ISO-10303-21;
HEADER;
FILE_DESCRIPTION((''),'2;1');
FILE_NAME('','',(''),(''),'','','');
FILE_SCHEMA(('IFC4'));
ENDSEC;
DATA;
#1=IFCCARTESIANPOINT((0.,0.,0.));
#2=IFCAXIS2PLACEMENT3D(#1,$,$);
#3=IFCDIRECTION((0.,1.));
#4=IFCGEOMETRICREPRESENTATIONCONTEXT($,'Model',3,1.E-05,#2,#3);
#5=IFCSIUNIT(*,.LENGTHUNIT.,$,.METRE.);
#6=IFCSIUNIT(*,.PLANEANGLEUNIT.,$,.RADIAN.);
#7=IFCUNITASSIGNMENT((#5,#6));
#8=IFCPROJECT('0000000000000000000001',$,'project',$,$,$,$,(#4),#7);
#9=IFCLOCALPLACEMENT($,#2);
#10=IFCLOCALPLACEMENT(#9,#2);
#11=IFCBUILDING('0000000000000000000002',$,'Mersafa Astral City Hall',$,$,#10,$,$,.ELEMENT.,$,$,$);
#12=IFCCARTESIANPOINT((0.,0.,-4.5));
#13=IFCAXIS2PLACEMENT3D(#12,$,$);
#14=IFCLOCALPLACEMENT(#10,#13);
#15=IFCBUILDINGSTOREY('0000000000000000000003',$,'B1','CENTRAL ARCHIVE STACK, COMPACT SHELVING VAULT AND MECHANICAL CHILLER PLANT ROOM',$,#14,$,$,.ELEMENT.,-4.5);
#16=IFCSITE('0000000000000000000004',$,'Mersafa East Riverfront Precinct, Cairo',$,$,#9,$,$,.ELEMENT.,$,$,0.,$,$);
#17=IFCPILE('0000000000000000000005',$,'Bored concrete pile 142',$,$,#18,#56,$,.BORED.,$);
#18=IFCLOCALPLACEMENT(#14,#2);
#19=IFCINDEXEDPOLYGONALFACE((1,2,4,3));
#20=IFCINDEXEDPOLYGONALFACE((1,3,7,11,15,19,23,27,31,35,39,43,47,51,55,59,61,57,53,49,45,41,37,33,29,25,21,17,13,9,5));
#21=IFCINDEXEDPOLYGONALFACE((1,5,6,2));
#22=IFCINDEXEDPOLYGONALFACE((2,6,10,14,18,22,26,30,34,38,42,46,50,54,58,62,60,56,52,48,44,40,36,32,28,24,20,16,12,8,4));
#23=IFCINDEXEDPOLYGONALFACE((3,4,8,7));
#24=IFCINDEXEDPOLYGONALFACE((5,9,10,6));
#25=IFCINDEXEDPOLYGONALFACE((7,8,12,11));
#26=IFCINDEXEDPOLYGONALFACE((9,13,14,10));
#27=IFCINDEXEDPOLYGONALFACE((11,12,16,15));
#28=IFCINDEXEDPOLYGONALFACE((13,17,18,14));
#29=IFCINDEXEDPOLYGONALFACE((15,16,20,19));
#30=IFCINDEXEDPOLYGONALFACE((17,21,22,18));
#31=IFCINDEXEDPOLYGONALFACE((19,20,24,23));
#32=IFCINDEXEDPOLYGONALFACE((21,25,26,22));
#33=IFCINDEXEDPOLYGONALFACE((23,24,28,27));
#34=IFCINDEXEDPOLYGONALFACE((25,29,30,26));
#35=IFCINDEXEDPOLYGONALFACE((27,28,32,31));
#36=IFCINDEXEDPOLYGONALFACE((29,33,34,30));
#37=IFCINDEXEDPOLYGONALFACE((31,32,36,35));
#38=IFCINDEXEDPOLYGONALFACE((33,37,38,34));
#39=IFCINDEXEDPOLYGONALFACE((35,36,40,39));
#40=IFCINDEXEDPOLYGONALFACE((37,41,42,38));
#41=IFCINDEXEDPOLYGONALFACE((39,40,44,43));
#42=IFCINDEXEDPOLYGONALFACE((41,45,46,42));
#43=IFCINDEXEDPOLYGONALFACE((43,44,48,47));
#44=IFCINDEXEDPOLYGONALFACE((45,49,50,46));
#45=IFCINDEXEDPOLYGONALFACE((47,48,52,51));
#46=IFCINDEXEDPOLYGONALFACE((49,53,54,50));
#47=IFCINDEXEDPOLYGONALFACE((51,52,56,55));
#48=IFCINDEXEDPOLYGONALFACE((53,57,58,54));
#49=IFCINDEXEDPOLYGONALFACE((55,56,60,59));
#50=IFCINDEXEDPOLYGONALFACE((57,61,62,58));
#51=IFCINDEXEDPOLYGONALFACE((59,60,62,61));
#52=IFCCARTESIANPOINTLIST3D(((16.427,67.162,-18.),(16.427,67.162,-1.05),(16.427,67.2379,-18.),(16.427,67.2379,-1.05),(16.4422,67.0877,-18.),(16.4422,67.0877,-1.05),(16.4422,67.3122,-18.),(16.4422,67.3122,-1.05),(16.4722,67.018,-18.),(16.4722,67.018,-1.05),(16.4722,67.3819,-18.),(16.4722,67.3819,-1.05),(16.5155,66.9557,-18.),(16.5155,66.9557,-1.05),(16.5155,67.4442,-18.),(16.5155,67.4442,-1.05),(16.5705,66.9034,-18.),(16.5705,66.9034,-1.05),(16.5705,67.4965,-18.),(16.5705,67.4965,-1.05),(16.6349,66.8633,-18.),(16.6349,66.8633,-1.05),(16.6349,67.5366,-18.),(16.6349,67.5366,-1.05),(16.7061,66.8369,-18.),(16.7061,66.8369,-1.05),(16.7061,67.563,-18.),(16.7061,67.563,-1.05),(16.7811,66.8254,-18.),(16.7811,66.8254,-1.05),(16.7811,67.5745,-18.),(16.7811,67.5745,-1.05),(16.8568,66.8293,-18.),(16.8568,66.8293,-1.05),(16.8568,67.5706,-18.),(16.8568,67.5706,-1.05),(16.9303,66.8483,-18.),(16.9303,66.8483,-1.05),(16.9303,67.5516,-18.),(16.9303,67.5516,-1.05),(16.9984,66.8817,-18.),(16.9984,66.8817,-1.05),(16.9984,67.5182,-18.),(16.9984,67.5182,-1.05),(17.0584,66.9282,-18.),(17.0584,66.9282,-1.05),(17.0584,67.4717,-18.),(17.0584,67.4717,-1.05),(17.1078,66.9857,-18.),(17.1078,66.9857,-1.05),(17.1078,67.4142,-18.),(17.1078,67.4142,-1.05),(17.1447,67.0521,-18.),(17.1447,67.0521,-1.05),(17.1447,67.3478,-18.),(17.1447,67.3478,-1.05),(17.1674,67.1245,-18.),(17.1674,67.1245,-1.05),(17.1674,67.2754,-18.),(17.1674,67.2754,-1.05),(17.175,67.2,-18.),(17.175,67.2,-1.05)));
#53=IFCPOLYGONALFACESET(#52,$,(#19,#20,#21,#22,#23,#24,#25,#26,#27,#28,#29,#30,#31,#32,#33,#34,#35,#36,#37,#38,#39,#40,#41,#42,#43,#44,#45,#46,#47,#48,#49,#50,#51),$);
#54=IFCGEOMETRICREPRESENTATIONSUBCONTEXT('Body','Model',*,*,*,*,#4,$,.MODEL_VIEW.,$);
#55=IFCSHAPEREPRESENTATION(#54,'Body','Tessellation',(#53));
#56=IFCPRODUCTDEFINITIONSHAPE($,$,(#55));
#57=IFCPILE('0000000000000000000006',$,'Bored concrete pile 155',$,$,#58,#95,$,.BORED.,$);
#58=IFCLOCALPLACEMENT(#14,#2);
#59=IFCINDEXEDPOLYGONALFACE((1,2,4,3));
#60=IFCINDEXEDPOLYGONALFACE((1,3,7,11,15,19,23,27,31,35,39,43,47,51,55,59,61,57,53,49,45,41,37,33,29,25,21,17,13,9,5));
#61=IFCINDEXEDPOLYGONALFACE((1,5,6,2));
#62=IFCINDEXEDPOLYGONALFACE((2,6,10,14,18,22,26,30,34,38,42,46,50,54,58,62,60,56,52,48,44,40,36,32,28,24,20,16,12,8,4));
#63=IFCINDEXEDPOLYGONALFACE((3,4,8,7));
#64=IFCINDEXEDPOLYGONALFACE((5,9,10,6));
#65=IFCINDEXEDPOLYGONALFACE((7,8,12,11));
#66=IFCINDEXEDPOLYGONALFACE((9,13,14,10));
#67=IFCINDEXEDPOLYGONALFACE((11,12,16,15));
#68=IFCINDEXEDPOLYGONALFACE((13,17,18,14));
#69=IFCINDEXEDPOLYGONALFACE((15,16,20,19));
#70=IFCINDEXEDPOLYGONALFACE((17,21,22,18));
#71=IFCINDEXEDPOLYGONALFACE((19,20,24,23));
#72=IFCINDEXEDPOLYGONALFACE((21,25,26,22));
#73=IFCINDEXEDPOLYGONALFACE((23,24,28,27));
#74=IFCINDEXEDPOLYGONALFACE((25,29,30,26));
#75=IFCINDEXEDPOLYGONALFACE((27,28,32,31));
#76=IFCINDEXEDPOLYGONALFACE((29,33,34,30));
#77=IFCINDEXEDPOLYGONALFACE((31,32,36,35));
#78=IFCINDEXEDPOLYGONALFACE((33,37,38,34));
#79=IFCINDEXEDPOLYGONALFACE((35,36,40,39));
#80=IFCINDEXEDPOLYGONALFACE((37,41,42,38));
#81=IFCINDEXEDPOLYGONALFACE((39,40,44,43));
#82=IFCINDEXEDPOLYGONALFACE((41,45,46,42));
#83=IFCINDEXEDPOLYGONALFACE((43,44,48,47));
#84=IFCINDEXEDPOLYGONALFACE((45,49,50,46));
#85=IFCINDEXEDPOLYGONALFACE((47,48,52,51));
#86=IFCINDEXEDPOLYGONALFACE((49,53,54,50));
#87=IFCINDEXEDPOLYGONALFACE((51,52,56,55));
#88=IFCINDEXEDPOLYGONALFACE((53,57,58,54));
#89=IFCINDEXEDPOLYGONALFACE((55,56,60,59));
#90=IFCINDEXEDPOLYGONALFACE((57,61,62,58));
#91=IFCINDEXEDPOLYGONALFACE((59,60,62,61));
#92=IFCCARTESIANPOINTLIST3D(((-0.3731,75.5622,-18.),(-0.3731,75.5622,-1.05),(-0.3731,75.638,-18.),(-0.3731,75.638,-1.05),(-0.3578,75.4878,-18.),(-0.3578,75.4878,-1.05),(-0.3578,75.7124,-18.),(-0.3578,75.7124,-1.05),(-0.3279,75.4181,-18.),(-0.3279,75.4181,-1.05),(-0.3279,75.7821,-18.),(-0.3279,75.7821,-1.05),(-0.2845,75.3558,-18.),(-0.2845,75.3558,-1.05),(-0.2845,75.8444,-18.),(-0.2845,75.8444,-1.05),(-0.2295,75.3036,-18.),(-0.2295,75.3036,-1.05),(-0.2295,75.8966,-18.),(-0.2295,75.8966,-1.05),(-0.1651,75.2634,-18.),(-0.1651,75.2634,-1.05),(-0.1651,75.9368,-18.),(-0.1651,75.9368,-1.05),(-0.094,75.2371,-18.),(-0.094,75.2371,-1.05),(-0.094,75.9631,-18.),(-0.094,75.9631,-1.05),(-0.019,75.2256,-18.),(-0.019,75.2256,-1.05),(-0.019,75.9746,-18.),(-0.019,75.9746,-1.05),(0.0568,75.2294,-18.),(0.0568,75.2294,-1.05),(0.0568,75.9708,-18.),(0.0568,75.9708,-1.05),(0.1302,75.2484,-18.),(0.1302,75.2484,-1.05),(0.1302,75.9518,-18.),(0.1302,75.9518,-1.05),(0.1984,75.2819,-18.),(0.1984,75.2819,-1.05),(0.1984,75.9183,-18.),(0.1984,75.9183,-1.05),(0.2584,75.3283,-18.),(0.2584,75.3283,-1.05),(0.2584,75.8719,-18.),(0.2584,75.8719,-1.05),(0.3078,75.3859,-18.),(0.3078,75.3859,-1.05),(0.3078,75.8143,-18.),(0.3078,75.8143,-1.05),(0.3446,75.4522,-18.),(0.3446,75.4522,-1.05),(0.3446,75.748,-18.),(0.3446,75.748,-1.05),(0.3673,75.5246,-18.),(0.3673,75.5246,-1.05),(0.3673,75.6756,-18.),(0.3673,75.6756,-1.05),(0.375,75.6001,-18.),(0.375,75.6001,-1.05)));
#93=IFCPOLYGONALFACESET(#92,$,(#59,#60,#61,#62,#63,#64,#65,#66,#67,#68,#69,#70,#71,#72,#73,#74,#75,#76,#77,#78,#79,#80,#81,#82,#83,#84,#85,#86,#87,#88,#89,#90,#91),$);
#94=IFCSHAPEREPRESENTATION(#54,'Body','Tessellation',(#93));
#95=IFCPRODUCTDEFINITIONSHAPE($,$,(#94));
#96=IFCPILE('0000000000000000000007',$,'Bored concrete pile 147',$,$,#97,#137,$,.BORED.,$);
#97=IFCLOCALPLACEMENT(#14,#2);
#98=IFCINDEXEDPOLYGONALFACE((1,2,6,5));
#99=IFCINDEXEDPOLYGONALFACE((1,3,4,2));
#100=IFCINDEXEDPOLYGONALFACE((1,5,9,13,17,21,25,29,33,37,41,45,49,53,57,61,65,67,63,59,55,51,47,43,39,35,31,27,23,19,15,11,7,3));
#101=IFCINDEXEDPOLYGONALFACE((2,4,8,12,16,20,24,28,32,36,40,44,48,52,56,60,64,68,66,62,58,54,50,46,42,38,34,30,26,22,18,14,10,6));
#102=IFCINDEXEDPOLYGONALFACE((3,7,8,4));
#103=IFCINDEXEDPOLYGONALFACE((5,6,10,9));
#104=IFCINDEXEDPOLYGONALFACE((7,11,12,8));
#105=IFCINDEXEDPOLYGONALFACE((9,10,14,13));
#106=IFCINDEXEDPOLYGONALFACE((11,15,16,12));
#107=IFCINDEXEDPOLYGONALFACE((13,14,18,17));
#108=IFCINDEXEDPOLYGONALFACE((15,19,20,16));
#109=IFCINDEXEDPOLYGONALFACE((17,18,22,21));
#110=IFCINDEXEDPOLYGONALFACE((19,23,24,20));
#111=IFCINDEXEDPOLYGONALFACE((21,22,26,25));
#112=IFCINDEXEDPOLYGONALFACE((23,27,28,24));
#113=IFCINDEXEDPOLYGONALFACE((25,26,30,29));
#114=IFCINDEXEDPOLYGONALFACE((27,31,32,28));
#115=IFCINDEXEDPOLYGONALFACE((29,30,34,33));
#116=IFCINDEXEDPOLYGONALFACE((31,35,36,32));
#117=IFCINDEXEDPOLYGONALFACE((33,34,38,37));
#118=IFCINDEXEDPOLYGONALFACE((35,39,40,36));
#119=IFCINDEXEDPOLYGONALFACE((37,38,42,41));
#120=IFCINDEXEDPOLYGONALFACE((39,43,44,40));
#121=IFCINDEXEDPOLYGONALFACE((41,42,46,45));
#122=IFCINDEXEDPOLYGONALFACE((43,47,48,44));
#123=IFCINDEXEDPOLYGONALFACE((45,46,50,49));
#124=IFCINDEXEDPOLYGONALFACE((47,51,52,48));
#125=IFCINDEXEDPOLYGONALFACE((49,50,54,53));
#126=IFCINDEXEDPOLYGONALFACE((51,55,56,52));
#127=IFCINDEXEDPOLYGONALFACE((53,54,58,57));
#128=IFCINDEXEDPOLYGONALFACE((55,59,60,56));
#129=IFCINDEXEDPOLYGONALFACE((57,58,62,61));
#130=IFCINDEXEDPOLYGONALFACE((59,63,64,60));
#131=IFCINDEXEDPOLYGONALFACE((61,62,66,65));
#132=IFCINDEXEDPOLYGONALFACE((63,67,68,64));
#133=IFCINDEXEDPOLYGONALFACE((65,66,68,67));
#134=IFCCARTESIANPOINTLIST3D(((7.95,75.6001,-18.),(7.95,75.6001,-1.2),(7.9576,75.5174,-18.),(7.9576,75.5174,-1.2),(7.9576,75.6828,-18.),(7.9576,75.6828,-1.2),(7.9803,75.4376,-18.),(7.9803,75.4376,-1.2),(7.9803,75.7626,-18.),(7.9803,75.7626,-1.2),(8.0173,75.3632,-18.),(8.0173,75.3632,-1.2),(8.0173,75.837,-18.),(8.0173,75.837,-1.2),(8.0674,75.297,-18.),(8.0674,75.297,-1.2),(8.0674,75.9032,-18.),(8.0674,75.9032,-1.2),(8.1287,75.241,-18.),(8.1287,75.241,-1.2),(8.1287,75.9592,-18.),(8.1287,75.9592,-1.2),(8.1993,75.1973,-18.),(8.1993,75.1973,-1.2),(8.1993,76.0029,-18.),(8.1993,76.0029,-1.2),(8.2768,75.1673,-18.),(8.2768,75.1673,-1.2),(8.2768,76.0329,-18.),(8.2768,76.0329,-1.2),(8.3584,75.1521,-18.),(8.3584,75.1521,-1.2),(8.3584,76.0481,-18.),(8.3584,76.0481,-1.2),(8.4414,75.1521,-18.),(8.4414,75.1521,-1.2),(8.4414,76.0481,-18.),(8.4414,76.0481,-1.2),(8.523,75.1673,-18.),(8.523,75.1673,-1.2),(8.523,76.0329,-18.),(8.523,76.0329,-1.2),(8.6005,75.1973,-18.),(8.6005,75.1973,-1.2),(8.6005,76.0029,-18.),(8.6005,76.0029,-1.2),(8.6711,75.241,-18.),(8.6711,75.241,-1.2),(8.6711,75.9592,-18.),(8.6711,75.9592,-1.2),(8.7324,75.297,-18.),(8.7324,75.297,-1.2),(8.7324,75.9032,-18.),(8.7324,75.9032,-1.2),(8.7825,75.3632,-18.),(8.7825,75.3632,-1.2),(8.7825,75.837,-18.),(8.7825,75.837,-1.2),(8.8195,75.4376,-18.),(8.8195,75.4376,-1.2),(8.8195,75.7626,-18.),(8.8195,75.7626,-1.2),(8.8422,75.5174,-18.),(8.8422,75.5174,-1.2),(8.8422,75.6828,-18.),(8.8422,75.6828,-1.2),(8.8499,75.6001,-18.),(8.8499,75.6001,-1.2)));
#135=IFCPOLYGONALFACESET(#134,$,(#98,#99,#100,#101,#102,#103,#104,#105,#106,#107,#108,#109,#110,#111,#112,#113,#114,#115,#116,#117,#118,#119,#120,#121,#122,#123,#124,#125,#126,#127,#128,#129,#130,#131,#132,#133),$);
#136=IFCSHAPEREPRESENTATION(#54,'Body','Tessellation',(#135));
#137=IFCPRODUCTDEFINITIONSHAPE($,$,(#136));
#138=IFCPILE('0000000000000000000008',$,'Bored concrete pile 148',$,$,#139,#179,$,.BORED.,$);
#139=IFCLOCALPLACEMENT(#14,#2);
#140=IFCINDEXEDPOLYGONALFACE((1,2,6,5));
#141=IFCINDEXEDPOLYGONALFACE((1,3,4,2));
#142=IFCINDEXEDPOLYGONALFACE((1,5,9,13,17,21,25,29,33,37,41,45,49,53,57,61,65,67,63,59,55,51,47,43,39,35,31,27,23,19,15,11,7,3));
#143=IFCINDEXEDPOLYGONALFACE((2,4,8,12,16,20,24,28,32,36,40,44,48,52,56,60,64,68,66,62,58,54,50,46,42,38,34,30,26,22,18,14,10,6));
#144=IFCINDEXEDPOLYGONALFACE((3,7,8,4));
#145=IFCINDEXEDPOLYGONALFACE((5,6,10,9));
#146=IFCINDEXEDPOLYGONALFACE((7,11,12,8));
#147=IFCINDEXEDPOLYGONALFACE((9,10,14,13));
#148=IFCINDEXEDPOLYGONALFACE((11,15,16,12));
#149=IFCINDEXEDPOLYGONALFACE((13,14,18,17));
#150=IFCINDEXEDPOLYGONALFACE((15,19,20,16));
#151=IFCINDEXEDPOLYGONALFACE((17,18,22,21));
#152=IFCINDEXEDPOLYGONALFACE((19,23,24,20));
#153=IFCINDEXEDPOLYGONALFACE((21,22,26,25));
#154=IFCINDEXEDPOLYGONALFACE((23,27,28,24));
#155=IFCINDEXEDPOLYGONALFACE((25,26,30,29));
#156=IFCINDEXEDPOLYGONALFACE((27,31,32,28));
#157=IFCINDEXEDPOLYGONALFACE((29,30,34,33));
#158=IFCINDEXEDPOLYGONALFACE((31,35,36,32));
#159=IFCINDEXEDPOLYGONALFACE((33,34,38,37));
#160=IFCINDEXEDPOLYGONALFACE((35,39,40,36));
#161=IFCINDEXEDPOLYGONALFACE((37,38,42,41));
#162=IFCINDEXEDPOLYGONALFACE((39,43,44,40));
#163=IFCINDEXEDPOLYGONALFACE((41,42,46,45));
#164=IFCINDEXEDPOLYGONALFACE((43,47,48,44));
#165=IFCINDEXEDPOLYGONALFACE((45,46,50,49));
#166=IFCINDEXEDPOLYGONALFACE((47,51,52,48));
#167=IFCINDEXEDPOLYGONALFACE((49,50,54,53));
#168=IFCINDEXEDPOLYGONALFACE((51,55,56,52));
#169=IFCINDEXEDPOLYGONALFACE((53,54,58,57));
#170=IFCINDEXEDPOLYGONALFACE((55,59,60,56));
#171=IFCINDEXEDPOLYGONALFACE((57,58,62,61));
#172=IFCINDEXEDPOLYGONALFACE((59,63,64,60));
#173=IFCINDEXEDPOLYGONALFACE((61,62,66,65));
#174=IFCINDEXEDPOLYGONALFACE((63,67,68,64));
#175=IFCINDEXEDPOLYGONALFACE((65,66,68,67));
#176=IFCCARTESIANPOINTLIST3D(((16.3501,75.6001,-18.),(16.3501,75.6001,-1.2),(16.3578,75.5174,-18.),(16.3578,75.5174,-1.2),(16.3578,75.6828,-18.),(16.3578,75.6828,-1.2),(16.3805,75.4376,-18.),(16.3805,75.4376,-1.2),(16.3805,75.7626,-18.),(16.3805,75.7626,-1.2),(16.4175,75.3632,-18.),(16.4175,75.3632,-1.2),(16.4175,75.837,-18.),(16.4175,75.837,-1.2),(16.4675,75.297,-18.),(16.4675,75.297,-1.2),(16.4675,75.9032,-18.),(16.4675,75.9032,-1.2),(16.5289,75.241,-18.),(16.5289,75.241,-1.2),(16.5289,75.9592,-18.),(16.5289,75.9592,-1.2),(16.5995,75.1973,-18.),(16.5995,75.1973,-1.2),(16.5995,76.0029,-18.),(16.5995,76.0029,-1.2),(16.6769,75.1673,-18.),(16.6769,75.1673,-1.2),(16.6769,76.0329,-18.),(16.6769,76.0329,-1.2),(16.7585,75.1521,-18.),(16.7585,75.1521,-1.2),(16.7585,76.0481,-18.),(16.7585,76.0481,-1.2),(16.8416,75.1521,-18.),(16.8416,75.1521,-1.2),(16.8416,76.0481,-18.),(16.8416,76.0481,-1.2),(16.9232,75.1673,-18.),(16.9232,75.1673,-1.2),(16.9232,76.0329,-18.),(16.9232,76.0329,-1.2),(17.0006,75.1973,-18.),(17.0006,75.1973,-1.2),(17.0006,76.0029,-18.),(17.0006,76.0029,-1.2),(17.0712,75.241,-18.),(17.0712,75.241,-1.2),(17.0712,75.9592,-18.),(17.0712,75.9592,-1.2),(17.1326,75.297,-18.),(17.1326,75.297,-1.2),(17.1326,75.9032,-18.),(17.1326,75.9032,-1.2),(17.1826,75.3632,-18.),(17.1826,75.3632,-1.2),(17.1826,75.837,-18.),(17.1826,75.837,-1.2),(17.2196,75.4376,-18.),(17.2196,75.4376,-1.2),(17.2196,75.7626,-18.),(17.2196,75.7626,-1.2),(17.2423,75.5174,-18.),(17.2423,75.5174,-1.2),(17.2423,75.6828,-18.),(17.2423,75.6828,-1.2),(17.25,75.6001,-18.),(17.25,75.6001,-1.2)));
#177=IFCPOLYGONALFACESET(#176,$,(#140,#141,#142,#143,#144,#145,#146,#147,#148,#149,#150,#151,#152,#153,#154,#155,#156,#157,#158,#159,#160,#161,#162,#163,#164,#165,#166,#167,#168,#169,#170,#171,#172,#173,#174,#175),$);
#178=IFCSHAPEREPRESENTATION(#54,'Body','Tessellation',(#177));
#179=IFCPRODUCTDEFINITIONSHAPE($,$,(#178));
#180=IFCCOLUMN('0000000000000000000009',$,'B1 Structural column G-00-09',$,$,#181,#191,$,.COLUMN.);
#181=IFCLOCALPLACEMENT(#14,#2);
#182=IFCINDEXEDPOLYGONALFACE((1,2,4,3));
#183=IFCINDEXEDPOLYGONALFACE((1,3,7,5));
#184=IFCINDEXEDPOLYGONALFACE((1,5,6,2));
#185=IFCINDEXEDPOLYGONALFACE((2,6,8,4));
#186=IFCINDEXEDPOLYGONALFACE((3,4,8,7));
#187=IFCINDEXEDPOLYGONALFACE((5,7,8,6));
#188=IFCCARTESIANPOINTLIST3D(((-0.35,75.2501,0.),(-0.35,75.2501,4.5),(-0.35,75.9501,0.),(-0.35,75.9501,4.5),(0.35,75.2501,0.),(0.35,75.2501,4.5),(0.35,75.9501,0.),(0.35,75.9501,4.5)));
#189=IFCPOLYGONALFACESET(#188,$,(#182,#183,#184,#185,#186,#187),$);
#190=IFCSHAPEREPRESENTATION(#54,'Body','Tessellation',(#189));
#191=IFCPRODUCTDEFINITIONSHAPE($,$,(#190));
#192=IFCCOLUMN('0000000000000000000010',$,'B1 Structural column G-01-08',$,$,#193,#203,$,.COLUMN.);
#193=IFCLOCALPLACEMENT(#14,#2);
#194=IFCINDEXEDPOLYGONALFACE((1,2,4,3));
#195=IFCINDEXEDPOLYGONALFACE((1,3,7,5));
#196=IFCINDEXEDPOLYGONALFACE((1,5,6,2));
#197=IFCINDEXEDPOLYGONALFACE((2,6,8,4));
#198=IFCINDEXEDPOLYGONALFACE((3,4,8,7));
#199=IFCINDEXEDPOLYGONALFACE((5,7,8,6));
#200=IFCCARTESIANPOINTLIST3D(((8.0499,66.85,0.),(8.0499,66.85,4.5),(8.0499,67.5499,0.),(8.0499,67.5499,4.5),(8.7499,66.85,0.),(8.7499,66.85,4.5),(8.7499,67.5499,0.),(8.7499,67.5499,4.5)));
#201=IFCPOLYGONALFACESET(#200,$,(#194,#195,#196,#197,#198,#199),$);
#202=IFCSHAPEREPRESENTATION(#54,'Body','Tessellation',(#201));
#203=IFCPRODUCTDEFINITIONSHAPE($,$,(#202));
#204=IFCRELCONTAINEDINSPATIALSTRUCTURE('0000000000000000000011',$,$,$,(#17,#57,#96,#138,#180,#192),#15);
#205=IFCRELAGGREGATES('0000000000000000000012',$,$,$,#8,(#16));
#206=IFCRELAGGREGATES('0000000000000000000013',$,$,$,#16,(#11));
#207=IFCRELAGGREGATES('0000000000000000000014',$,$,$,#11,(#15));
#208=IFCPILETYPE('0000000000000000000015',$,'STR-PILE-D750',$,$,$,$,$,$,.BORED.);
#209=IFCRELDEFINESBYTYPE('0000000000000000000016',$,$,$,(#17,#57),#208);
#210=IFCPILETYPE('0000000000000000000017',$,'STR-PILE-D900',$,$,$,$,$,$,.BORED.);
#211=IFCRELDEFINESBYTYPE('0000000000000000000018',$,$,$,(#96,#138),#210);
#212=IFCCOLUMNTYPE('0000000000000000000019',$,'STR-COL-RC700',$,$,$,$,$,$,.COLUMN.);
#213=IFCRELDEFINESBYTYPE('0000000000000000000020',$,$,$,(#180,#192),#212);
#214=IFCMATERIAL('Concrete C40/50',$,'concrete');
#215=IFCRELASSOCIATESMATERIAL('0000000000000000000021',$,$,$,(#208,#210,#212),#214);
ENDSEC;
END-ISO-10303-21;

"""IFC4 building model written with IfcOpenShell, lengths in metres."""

from ifc_helpers import new_model, si_unit, direction, frame, origin, origin_2d, place, context, subcontext, project, spatial, rectangle, circle, extrude, material, material_profile, profile_set, type_object, element, save


model = new_model("IFC4")

# Units and contexts
model_context = context("Model", 3, precision=1e-05, world=origin(), true_north=direction((0.0, 1.0)))
body_context = subcontext(model_context, "Body", "Model", "MODEL_VIEW")
ifc_project = project(units=[si_unit("LENGTHUNIT", "METRE"), si_unit("PLANEANGLEUNIT", "RADIAN")], contexts=[model_context])

# Site, building, storey
site_placement = place(None, origin())
site = spatial("IfcSite", under=ifc_project, at=site_placement, Name="Mersafa East Riverfront Precinct, Cairo", CompositionType="ELEMENT", RefElevation=0.0)
building_placement = place(site_placement, origin())
building = spatial("IfcBuilding", under=site, at=building_placement, Name="Mersafa Astral City Hall", CompositionType="ELEMENT")
storey_placement = place(building_placement, frame((0.0, 0.0, -4.5)))
storey = spatial("IfcBuildingStorey", under=building, at=storey_placement, Name="B1", Description="CENTRAL ARCHIVE STACK, COMPACT SHELVING VAULT AND MECHANICAL CHILLER PLANT ROOM", CompositionType="ELEMENT", Elevation=-4.5)

# Shared definitions
ifc_material = material(Name="Concrete C40/50", Category="concrete")

# Piles
ifc_material_profile_1 = material_profile(ifc_material, circle(Radius=0.375, at=origin_2d()), Name="PILE D750")
ifc_profile_set_1 = profile_set([ifc_material_profile_1], Name="Concrete C40/50")
pile_type_1 = type_object("IfcPileType", Name="STR-PILE-D750", PredefinedType="BORED", material=ifc_profile_set_1)
for number, where, z_axis, x_axis, name in (
    (1, (16.8, 67.2, -1.05), (0.0, 0.0, -1.0), (1.0, 0.0, 0.0), "Bored concrete pile 142"),
    (2, (0.0, 75.6001, -1.05), (0.0, 0.0, -1.0), (1.0, 0.0, 0.0), "Bored concrete pile 155"),
):
    element("IfcPile", number, at=place(storey_placement, frame(where, z_axis=z_axis, x_axis=x_axis)), inside=storey, type_object=pile_type_1, Name=name, PredefinedType="BORED", context=body_context, shape_type="SweptSolid", body=[
        extrude(circle(Radius=0.375, at=origin_2d()), origin(), (0.0, 0.0, 1.0), 16.95),
    ])
ifc_material_profile_2 = material_profile(ifc_material, circle(Radius=0.45, at=origin_2d()), Name="PILE D900")
ifc_profile_set_2 = profile_set([ifc_material_profile_2], Name="Concrete C40/50")
pile_type_2 = type_object("IfcPileType", Name="STR-PILE-D900", PredefinedType="BORED", material=ifc_profile_set_2)
for number, where, z_axis, x_axis, name in (
    (3, (8.3999, 75.6001, -1.2), (0.0, 0.0, -1.0), (1.0, 0.0, 0.0), "Bored concrete pile 147"),
    (4, (16.8, 75.6001, -1.2), (0.0, 0.0, -1.0), (1.0, 0.0, 0.0), "Bored concrete pile 148"),
):
    element("IfcPile", number, at=place(storey_placement, frame(where, z_axis=z_axis, x_axis=x_axis)), inside=storey, type_object=pile_type_2, Name=name, PredefinedType="BORED", context=body_context, shape_type="SweptSolid", body=[
        extrude(circle(Radius=0.45, at=origin_2d()), origin(), (0.0, 0.0, 1.0), 16.8),
    ])

# Columns
ifc_material_profile_3 = material_profile(ifc_material, rectangle(XDim=0.7, YDim=0.7, at=origin_2d()), Name="RC 700x700")
ifc_profile_set_3 = profile_set([ifc_material_profile_3], Name="Concrete C40/50")
column_type = type_object("IfcColumnType", Name="STR-COL-RC700", PredefinedType="COLUMN", material=ifc_profile_set_3)
for number, where, z_axis, x_axis, name in (
    (5, (0.0, 75.6001, 0.0), (0.0, 0.0, 1.0), (1.0, 0.0, 0.0), "B1 Structural column G-00-09"),
    (6, (8.3999, 67.2, 0.0), (0.0, 0.0, 1.0), (1.0, 0.0, 0.0), "B1 Structural column G-01-08"),
):
    element("IfcColumn", number, at=place(storey_placement, frame(where, z_axis=z_axis, x_axis=x_axis)), inside=storey, type_object=column_type, Name=name, PredefinedType="COLUMN", context=body_context, shape_type="SweptSolid", body=[
        extrude(rectangle(XDim=0.7, YDim=0.7, at=origin_2d()), origin(), (0.0, 0.0, 1.0), 4.5),
    ])

save(model, "model.ifc")
